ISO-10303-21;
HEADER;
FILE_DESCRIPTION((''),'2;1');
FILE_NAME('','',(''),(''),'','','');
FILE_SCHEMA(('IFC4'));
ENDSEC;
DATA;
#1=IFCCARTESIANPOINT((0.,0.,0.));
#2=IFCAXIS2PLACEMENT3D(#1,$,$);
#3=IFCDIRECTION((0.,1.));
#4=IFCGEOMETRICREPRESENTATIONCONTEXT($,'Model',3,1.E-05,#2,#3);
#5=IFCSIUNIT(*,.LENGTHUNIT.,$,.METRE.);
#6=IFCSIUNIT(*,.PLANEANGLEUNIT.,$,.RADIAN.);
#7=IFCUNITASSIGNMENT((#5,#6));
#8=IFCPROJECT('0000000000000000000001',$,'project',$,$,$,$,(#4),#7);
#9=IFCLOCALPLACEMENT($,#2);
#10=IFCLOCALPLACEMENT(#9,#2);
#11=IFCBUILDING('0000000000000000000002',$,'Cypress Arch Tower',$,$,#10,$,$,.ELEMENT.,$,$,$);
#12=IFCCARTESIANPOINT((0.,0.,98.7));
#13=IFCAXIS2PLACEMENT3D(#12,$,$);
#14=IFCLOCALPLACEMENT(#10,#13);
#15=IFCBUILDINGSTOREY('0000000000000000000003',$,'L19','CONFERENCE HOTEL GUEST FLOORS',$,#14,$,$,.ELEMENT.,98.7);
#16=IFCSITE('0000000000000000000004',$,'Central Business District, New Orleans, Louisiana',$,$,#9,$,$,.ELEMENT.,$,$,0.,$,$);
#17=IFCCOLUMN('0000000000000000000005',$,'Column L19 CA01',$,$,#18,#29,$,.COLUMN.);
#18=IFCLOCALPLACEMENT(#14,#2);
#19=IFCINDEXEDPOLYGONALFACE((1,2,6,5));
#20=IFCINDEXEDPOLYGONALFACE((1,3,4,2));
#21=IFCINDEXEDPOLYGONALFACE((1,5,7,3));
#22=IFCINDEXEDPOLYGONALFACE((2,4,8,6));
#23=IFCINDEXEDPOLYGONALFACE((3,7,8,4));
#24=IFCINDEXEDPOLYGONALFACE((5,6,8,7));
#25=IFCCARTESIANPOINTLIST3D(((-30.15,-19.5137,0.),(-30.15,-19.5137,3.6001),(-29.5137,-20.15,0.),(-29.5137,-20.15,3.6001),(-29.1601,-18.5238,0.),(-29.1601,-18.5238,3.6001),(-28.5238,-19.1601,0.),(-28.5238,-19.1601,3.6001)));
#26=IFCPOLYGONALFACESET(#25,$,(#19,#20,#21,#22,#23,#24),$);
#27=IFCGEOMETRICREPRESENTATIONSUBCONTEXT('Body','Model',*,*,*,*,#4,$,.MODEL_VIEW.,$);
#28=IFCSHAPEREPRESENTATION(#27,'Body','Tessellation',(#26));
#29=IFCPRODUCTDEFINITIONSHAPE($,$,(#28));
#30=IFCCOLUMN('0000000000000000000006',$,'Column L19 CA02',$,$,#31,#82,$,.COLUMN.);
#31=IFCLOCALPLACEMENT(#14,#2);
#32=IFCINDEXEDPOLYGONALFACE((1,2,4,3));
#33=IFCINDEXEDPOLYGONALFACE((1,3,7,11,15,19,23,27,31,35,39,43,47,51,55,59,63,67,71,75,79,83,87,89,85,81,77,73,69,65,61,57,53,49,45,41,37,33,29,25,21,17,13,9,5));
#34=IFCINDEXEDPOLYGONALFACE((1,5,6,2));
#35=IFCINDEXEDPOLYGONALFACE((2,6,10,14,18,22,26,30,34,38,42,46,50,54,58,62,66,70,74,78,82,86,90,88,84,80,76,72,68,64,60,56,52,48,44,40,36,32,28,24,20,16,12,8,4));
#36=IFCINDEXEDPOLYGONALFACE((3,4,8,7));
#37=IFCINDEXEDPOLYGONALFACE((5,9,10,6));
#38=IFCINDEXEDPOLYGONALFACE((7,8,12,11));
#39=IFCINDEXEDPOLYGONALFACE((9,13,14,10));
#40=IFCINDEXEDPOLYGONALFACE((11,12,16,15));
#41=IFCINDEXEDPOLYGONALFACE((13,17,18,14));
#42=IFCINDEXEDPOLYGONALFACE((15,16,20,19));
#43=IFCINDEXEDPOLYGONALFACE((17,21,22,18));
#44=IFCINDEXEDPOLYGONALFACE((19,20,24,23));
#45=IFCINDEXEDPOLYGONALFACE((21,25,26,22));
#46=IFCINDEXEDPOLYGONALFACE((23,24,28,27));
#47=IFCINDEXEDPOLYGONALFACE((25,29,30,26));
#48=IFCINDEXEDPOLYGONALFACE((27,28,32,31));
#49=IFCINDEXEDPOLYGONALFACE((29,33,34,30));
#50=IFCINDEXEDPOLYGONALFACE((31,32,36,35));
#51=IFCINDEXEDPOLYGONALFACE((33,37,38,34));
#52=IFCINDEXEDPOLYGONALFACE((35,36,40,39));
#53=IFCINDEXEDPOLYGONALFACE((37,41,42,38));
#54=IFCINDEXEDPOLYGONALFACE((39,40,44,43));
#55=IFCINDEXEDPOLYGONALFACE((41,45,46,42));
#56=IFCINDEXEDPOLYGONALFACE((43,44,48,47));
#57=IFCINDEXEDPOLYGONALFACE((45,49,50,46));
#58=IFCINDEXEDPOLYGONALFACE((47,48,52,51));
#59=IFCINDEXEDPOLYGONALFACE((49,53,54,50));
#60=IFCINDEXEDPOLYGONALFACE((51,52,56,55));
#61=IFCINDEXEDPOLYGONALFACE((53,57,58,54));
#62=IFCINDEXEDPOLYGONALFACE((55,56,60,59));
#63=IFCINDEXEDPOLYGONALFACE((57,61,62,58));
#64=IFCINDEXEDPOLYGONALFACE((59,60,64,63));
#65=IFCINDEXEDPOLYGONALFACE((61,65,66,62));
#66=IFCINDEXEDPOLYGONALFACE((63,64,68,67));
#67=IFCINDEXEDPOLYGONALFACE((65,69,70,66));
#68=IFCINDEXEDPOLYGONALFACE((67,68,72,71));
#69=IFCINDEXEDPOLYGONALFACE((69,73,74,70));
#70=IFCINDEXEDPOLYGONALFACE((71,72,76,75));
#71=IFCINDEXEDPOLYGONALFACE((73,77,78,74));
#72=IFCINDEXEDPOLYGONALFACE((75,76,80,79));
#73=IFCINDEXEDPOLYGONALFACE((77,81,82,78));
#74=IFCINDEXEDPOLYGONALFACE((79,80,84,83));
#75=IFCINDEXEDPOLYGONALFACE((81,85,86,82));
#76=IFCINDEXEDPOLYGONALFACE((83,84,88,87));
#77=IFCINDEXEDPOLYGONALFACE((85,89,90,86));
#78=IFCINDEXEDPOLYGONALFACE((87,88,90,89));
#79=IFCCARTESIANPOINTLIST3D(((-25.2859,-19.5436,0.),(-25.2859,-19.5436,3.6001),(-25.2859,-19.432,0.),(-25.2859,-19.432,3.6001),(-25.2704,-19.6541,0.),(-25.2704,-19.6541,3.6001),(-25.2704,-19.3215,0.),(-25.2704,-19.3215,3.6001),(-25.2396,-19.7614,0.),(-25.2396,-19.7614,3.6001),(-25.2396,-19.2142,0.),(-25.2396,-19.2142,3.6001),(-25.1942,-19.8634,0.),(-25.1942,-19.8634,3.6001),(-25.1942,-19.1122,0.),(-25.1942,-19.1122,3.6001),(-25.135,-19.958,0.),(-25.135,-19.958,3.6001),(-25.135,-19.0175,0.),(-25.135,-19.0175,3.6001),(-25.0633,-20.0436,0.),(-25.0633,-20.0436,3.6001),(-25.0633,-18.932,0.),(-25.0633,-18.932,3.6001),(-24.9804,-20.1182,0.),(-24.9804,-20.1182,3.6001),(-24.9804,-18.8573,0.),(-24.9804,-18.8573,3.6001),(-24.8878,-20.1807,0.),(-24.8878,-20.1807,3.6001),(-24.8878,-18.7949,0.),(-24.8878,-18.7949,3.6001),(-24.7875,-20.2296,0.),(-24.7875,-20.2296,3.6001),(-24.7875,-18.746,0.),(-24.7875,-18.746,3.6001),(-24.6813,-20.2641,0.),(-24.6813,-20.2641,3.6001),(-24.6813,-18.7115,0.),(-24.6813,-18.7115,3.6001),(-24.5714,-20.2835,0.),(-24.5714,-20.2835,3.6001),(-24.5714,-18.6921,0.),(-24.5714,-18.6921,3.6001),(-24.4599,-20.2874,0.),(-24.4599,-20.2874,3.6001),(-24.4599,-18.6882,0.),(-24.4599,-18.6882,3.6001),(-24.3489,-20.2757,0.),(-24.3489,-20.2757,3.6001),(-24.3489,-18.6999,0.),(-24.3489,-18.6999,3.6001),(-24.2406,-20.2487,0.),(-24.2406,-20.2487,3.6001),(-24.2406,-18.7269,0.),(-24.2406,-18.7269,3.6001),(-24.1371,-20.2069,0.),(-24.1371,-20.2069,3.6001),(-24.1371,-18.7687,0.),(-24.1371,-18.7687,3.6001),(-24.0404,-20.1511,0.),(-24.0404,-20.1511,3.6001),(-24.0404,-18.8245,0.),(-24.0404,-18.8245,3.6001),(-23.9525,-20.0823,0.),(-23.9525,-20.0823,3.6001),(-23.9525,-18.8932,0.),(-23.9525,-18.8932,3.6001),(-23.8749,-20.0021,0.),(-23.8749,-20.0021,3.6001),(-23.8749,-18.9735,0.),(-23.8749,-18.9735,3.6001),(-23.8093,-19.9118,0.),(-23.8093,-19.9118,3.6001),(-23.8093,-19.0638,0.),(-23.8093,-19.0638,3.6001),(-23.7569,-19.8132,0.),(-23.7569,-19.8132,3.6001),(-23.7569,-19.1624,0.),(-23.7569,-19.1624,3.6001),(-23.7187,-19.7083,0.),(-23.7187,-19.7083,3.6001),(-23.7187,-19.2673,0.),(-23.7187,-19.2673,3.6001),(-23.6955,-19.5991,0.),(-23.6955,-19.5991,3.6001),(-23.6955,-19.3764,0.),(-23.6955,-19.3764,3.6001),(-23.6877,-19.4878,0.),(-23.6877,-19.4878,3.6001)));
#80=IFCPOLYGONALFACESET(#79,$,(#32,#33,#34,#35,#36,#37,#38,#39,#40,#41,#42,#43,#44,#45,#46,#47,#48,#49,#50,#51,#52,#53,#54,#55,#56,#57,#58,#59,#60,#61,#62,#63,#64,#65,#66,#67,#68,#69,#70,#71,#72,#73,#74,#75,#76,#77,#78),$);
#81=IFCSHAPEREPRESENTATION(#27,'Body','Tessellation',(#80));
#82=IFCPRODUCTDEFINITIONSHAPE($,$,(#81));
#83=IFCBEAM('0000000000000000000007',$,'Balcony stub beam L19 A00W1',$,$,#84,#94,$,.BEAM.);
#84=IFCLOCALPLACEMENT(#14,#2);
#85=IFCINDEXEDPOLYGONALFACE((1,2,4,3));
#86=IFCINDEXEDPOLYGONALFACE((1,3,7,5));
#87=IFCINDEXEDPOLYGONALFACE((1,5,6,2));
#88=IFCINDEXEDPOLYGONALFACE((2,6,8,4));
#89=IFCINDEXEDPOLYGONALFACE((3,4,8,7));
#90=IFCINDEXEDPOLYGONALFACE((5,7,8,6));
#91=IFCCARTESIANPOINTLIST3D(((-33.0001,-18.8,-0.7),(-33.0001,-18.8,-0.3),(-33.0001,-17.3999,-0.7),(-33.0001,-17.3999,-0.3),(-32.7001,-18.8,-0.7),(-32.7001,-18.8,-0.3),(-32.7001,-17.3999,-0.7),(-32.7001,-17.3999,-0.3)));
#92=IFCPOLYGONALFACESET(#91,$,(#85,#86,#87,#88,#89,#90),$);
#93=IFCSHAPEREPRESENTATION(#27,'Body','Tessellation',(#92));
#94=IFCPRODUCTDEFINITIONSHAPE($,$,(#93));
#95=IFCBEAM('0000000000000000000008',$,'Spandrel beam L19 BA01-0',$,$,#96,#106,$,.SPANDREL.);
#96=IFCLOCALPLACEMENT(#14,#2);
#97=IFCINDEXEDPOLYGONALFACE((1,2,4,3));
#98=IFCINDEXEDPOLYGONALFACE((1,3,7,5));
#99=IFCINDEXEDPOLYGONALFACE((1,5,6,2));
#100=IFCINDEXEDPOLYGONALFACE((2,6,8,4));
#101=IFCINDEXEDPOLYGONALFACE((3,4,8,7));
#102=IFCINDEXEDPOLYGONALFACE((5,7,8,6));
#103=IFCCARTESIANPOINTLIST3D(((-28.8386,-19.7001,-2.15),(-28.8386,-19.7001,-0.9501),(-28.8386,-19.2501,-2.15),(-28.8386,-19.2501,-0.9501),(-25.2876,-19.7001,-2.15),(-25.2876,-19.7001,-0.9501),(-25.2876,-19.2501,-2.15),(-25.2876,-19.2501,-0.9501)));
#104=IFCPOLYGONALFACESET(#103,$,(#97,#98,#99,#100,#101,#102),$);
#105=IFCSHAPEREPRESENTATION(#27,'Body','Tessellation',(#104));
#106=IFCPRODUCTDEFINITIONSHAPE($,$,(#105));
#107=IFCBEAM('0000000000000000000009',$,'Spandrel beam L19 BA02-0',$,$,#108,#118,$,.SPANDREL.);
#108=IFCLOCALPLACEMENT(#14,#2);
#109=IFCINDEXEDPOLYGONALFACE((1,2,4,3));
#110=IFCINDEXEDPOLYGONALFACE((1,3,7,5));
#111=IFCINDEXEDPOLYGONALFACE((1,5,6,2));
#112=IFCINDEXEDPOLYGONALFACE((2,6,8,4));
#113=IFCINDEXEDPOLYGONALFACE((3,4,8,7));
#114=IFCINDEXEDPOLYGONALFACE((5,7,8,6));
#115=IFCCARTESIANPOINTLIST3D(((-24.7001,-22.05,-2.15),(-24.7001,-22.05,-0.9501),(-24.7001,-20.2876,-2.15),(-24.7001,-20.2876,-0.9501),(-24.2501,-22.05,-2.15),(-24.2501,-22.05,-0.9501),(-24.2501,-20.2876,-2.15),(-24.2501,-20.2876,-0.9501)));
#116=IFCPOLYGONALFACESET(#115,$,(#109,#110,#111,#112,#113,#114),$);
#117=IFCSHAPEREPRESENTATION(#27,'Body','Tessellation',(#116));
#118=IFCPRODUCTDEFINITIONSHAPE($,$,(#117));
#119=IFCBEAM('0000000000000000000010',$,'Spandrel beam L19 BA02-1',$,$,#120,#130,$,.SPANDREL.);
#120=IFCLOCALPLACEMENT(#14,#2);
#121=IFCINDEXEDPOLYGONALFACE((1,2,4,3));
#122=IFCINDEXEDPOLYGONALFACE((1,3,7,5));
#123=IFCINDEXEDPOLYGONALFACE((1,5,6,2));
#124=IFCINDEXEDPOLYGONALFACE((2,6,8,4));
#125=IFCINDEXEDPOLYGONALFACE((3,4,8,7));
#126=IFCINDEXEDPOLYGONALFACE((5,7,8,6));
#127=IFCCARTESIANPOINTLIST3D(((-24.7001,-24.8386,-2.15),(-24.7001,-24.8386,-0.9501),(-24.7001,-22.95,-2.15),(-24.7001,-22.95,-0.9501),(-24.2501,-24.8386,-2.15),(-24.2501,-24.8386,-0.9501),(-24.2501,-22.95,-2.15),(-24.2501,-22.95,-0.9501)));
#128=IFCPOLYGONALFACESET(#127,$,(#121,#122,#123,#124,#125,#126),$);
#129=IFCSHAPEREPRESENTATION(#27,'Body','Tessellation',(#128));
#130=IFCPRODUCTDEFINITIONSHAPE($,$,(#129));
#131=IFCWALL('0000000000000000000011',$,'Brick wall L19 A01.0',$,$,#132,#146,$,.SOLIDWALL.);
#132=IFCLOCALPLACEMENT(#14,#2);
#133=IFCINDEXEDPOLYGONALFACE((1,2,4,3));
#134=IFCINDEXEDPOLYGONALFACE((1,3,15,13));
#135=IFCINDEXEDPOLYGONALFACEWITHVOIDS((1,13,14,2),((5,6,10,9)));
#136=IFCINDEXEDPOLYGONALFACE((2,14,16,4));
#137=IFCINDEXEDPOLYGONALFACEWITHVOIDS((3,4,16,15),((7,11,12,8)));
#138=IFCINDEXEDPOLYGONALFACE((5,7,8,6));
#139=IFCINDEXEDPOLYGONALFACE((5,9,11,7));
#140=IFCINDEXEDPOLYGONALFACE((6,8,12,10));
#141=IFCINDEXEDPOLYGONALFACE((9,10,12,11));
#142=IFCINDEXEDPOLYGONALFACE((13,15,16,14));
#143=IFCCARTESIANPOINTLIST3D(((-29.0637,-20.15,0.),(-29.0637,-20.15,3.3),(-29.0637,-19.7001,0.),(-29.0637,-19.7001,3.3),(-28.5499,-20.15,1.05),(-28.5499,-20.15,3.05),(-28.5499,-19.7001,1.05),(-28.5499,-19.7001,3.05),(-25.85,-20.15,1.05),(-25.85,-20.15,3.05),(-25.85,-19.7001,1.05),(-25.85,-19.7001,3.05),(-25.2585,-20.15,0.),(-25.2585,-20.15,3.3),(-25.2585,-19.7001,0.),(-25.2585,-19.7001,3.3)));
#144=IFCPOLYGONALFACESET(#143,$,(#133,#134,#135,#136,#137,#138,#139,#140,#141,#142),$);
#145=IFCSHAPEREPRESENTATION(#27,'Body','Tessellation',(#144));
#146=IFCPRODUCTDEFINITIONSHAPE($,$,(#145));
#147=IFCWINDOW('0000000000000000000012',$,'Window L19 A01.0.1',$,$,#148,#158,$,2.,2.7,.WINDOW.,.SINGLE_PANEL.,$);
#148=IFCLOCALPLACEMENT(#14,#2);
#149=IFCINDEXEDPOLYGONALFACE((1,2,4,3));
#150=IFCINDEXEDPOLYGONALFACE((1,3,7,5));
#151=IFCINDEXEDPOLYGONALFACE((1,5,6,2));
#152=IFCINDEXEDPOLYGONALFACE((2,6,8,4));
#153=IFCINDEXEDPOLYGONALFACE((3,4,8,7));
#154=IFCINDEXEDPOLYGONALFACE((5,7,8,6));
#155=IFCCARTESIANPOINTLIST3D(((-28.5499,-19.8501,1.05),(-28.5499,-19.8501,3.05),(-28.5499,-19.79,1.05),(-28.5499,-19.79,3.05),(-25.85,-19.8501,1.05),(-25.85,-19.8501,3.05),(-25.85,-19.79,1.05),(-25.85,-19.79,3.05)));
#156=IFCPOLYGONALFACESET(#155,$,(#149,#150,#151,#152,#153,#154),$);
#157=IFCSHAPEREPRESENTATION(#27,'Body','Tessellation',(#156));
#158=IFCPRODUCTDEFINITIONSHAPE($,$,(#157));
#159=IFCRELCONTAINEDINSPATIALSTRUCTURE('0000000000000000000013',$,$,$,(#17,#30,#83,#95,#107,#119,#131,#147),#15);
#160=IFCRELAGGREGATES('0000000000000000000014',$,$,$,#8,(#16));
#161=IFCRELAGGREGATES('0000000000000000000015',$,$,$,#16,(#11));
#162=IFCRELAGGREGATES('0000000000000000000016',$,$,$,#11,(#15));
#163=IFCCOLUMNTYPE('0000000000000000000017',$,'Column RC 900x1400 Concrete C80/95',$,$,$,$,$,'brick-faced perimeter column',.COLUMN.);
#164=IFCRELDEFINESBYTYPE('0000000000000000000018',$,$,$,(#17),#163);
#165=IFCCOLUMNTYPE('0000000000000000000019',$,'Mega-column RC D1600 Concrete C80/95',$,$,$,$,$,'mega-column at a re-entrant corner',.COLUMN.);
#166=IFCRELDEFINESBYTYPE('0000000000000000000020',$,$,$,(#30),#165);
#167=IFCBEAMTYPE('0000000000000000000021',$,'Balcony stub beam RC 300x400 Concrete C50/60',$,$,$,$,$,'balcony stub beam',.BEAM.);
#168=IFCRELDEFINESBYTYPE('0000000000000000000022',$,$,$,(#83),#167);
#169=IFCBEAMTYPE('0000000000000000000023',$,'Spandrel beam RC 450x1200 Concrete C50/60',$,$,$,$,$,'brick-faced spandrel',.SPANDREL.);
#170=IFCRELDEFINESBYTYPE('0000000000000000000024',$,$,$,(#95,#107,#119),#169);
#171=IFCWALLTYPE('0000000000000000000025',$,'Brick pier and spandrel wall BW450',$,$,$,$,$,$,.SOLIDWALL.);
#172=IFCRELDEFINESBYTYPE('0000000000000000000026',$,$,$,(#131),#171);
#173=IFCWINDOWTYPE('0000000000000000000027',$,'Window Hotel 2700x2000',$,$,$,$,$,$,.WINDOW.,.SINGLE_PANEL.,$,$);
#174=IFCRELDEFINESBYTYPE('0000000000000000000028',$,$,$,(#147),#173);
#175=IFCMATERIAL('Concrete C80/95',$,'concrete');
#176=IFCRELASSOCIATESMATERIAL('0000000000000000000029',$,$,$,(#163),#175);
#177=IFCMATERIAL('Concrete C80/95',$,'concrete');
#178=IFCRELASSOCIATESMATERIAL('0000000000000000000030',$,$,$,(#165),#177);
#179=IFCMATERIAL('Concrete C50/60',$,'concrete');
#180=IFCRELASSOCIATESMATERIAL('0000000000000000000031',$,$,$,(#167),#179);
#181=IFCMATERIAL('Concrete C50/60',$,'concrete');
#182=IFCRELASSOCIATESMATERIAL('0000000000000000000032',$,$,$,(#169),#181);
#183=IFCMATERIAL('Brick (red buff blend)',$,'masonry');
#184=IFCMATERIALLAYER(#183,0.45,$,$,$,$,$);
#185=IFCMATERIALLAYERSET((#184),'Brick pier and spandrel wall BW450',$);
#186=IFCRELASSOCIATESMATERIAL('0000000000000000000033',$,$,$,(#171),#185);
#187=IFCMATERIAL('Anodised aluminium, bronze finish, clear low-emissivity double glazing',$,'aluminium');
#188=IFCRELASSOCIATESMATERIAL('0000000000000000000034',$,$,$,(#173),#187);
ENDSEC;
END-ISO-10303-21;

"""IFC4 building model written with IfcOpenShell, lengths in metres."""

from ifc_helpers import new_model, si_unit, direction, frame, frame_2d, origin, origin_2d, place, context, subcontext, project, spatial, rectangle, circle, extrude, material, layer, layer_set, material_profile, profile_set, type_object, element, fill, save


model = new_model("IFC4")

# Units and contexts
model_context = context("Model", 3, precision=1e-05, world=origin(), true_north=direction((0.0, 1.0)))
body_context = subcontext(model_context, "Body", "Model", "MODEL_VIEW")
ifc_project = project(units=[si_unit("LENGTHUNIT", "METRE"), si_unit("PLANEANGLEUNIT", "RADIAN")], contexts=[model_context])

# Site, building, storey
site_placement = place(None, origin())
site = spatial("IfcSite", under=ifc_project, at=site_placement, Name="Central Business District, New Orleans, Louisiana", CompositionType="ELEMENT", RefElevation=0.0)
building_placement = place(site_placement, origin())
building = spatial("IfcBuilding", under=site, at=building_placement, Name="Cypress Arch Tower", CompositionType="ELEMENT")
storey_placement = place(building_placement, frame((0.0, 0.0, 98.7)))
storey = spatial("IfcBuildingStorey", under=building, at=storey_placement, Name="L19", Description="CONFERENCE HOTEL GUEST FLOORS", CompositionType="ELEMENT", Elevation=98.7)

# Columns
ifc_material_1 = material(Name="Concrete C80/95", Category="concrete")
ifc_material_profile_1 = material_profile(ifc_material_1, rectangle(XDim=0.8999, YDim=1.3999, at=origin_2d()), Name="RC 900x1400")
ifc_profile_set_1 = profile_set([ifc_material_profile_1], Name="Concrete C80/95")
column_type_1 = type_object("IfcColumnType", Name="Column RC 900x1400 Concrete C80/95", ElementType="brick-faced perimeter column", PredefinedType="COLUMN", material=ifc_profile_set_1)
column_1_placement = place(storey_placement, frame((-29.3369, -19.3369, 0.0), z_axis=(0.0, 0.0, 1.0), x_axis=(0.707107, -0.707107, 0.0)))
element("IfcColumn", 1, at=column_1_placement, inside=storey, type_object=column_type_1, Name="Column L19 CA01", PredefinedType="COLUMN", context=body_context, shape_type="SweptSolid", body=[
    extrude(rectangle(XDim=0.8999, YDim=1.3999, at=origin_2d()), origin(), (0.0, 0.0, 1.0), 3.6001),
])
ifc_material_2 = material(Name="Concrete C80/95", Category="concrete")
ifc_material_profile_2 = material_profile(ifc_material_2, circle(Radius=0.8, at=origin_2d()), Name="RC D1600")
ifc_profile_set_2 = profile_set([ifc_material_profile_2], Name="Concrete C80/95")
column_type_2 = type_object("IfcColumnType", Name="Mega-column RC D1600 Concrete C80/95", ElementType="mega-column at a re-entrant corner", PredefinedType="COLUMN", material=ifc_profile_set_2)
column_2_placement = place(storey_placement, frame((-24.4878, -19.4878, 0.0), z_axis=(0.0, 0.0, 1.0), x_axis=(1.0, 0.0, 0.0)))
element("IfcColumn", 2, at=column_2_placement, inside=storey, type_object=column_type_2, Name="Column L19 CA02", PredefinedType="COLUMN", context=body_context, shape_type="SweptSolid", body=[
    extrude(circle(Radius=0.8, at=origin_2d()), origin(), (0.0, 0.0, 1.0), 3.6001),
])

# Beams
ifc_material_3 = material(Name="Concrete C50/60", Category="concrete")
ifc_material_profile_3 = material_profile(ifc_material_3, rectangle(XDim=0.3, YDim=0.3999, at=origin_2d()), Name="RC 300x400")
ifc_profile_set_3 = profile_set([ifc_material_profile_3], Name="Concrete C50/60")
beam_type_1 = type_object("IfcBeamType", Name="Balcony stub beam RC 300x400 Concrete C50/60", ElementType="balcony stub beam", PredefinedType="BEAM", material=ifc_profile_set_3)
beam_1_placement = place(storey_placement, frame((-32.8501, -17.3999, -0.5), z_axis=(0.0, -1.0, 0.0), x_axis=(1.0, 0.0, 0.0)))
element("IfcBeam", 3, at=beam_1_placement, inside=storey, type_object=beam_type_1, Name="Balcony stub beam L19 A00W1", PredefinedType="BEAM", context=body_context, shape_type="SweptSolid", body=[
    extrude(rectangle(XDim=0.3, YDim=0.3999, at=origin_2d()), origin(), (0.0, 0.0, 1.0), 1.4001),
])
ifc_material_4 = material(Name="Concrete C50/60", Category="concrete")
ifc_material_profile_4 = material_profile(ifc_material_4, rectangle(XDim=0.45, YDim=1.2, at=origin_2d()), Name="RC 450x1200")
ifc_profile_set_4 = profile_set([ifc_material_profile_4], Name="Concrete C50/60")
beam_type_2 = type_object("IfcBeamType", Name="Spandrel beam RC 450x1200 Concrete C50/60", ElementType="brick-faced spandrel", PredefinedType="SPANDREL", material=ifc_profile_set_4)
beam_2_placement = place(storey_placement, frame((-28.8386, -19.4751, -1.55), z_axis=(1.0, 0.0, 0.0), x_axis=(0.0, 1.0, 0.0)))
element("IfcBeam", 4, at=beam_2_placement, inside=storey, type_object=beam_type_2, Name="Spandrel beam L19 BA01-0", PredefinedType="SPANDREL", context=body_context, shape_type="SweptSolid", body=[
    extrude(rectangle(XDim=0.45, YDim=1.2, at=origin_2d()), origin(), (0.0, 0.0, 1.0), 3.551),
])
beam_3_placement = place(storey_placement, frame((-24.4751, -20.2876, -1.55), z_axis=(0.0, -1.0, 0.0), x_axis=(1.0, 0.0, 0.0)))
element("IfcBeam", 5, at=beam_3_placement, inside=storey, type_object=beam_type_2, Name="Spandrel beam L19 BA02-0", PredefinedType="SPANDREL", context=body_context, shape_type="SweptSolid", body=[
    extrude(rectangle(XDim=0.45, YDim=1.2, at=origin_2d()), origin(), (0.0, 0.0, 1.0), 1.7625),
])
beam_4_placement = place(storey_placement, frame((-24.4751, -22.95, -1.55), z_axis=(0.0, -1.0, 0.0), x_axis=(1.0, 0.0, 0.0)))
element("IfcBeam", 6, at=beam_4_placement, inside=storey, type_object=beam_type_2, Name="Spandrel beam L19 BA02-1", PredefinedType="SPANDREL", context=body_context, shape_type="SweptSolid", body=[
    extrude(rectangle(XDim=0.45, YDim=1.2, at=origin_2d()), origin(), (0.0, 0.0, 1.0), 1.8887),
])

# Wall, opening, window
ifc_material_5 = material(Name="Brick (red buff blend)", Category="masonry")
ifc_layer_1 = layer(ifc_material_5, 0.45)
ifc_layer_set_1 = layer_set([ifc_layer_1], Name="Brick pier and spandrel wall BW450")
wall_type_1 = type_object("IfcWallType", Name="Brick pier and spandrel wall BW450", PredefinedType="SOLIDWALL", material=ifc_layer_set_1)
wall_1_placement = place(storey_placement, frame((-29.0637, -19.925, 0.0), z_axis=(0.0, 0.0, 1.0), x_axis=(1.0, 0.0, 0.0)))
wall_1 = element("IfcWall", 7, at=wall_1_placement, inside=storey, type_object=wall_type_1, Name="Brick wall L19 A01.0", PredefinedType="SOLIDWALL", context=body_context, shape_type="SweptSolid", body=[
    extrude(rectangle(XDim=3.8052, YDim=0.45, at=frame_2d((1.9026, 0.0))), origin(), (0.0, 0.0, 1.0), 3.3),
])
opening_1_placement = place(wall_1_placement, frame((0.5137, 0.0, 1.05)))
opening_1 = element("IfcOpeningElement", 8, at=opening_1_placement, cuts=wall_1, PredefinedType="OPENING", context=body_context, shape_type="SweptSolid", body=[
    extrude(rectangle(XDim=2.7, YDim=2.0, at=frame_2d((1.3501, 1.0))), frame((0.0, 0.2349, 0.0), z_axis=(0.0, -1.0, 0.0), x_axis=(1.0, 0.0, 0.0)), (0.0, 0.0, 1.0), 0.47),
])
ifc_material_6 = material(Name="Anodised aluminium, bronze finish, clear low-emissivity double glazing", Category="aluminium")
window_type_1 = type_object("IfcWindowType", Name="Window Hotel 2700x2000", PartitioningType="SINGLE_PANEL", PredefinedType="WINDOW", material=ifc_material_6)
window_1_placement = place(opening_1_placement, origin())
window_1 = element("IfcWindow", 9, at=window_1_placement, inside=storey, type_object=window_type_1, Name="Window L19 A01.0.1", OverallHeight=2.0, OverallWidth=2.7, PartitioningType="SINGLE_PANEL", PredefinedType="WINDOW", context=body_context, shape_type="SweptSolid", body=[
    extrude(rectangle(XDim=2.7, YDim=2.0, at=frame_2d((1.3501, 1.0))), frame((0.0, 0.135, 0.0), z_axis=(0.0, -1.0, 0.0), x_axis=(1.0, 0.0, 0.0)), (0.0, 0.0, 1.0), 0.0601),
])
fill(opening_1, window_1)

save(model, "model.ifc")
